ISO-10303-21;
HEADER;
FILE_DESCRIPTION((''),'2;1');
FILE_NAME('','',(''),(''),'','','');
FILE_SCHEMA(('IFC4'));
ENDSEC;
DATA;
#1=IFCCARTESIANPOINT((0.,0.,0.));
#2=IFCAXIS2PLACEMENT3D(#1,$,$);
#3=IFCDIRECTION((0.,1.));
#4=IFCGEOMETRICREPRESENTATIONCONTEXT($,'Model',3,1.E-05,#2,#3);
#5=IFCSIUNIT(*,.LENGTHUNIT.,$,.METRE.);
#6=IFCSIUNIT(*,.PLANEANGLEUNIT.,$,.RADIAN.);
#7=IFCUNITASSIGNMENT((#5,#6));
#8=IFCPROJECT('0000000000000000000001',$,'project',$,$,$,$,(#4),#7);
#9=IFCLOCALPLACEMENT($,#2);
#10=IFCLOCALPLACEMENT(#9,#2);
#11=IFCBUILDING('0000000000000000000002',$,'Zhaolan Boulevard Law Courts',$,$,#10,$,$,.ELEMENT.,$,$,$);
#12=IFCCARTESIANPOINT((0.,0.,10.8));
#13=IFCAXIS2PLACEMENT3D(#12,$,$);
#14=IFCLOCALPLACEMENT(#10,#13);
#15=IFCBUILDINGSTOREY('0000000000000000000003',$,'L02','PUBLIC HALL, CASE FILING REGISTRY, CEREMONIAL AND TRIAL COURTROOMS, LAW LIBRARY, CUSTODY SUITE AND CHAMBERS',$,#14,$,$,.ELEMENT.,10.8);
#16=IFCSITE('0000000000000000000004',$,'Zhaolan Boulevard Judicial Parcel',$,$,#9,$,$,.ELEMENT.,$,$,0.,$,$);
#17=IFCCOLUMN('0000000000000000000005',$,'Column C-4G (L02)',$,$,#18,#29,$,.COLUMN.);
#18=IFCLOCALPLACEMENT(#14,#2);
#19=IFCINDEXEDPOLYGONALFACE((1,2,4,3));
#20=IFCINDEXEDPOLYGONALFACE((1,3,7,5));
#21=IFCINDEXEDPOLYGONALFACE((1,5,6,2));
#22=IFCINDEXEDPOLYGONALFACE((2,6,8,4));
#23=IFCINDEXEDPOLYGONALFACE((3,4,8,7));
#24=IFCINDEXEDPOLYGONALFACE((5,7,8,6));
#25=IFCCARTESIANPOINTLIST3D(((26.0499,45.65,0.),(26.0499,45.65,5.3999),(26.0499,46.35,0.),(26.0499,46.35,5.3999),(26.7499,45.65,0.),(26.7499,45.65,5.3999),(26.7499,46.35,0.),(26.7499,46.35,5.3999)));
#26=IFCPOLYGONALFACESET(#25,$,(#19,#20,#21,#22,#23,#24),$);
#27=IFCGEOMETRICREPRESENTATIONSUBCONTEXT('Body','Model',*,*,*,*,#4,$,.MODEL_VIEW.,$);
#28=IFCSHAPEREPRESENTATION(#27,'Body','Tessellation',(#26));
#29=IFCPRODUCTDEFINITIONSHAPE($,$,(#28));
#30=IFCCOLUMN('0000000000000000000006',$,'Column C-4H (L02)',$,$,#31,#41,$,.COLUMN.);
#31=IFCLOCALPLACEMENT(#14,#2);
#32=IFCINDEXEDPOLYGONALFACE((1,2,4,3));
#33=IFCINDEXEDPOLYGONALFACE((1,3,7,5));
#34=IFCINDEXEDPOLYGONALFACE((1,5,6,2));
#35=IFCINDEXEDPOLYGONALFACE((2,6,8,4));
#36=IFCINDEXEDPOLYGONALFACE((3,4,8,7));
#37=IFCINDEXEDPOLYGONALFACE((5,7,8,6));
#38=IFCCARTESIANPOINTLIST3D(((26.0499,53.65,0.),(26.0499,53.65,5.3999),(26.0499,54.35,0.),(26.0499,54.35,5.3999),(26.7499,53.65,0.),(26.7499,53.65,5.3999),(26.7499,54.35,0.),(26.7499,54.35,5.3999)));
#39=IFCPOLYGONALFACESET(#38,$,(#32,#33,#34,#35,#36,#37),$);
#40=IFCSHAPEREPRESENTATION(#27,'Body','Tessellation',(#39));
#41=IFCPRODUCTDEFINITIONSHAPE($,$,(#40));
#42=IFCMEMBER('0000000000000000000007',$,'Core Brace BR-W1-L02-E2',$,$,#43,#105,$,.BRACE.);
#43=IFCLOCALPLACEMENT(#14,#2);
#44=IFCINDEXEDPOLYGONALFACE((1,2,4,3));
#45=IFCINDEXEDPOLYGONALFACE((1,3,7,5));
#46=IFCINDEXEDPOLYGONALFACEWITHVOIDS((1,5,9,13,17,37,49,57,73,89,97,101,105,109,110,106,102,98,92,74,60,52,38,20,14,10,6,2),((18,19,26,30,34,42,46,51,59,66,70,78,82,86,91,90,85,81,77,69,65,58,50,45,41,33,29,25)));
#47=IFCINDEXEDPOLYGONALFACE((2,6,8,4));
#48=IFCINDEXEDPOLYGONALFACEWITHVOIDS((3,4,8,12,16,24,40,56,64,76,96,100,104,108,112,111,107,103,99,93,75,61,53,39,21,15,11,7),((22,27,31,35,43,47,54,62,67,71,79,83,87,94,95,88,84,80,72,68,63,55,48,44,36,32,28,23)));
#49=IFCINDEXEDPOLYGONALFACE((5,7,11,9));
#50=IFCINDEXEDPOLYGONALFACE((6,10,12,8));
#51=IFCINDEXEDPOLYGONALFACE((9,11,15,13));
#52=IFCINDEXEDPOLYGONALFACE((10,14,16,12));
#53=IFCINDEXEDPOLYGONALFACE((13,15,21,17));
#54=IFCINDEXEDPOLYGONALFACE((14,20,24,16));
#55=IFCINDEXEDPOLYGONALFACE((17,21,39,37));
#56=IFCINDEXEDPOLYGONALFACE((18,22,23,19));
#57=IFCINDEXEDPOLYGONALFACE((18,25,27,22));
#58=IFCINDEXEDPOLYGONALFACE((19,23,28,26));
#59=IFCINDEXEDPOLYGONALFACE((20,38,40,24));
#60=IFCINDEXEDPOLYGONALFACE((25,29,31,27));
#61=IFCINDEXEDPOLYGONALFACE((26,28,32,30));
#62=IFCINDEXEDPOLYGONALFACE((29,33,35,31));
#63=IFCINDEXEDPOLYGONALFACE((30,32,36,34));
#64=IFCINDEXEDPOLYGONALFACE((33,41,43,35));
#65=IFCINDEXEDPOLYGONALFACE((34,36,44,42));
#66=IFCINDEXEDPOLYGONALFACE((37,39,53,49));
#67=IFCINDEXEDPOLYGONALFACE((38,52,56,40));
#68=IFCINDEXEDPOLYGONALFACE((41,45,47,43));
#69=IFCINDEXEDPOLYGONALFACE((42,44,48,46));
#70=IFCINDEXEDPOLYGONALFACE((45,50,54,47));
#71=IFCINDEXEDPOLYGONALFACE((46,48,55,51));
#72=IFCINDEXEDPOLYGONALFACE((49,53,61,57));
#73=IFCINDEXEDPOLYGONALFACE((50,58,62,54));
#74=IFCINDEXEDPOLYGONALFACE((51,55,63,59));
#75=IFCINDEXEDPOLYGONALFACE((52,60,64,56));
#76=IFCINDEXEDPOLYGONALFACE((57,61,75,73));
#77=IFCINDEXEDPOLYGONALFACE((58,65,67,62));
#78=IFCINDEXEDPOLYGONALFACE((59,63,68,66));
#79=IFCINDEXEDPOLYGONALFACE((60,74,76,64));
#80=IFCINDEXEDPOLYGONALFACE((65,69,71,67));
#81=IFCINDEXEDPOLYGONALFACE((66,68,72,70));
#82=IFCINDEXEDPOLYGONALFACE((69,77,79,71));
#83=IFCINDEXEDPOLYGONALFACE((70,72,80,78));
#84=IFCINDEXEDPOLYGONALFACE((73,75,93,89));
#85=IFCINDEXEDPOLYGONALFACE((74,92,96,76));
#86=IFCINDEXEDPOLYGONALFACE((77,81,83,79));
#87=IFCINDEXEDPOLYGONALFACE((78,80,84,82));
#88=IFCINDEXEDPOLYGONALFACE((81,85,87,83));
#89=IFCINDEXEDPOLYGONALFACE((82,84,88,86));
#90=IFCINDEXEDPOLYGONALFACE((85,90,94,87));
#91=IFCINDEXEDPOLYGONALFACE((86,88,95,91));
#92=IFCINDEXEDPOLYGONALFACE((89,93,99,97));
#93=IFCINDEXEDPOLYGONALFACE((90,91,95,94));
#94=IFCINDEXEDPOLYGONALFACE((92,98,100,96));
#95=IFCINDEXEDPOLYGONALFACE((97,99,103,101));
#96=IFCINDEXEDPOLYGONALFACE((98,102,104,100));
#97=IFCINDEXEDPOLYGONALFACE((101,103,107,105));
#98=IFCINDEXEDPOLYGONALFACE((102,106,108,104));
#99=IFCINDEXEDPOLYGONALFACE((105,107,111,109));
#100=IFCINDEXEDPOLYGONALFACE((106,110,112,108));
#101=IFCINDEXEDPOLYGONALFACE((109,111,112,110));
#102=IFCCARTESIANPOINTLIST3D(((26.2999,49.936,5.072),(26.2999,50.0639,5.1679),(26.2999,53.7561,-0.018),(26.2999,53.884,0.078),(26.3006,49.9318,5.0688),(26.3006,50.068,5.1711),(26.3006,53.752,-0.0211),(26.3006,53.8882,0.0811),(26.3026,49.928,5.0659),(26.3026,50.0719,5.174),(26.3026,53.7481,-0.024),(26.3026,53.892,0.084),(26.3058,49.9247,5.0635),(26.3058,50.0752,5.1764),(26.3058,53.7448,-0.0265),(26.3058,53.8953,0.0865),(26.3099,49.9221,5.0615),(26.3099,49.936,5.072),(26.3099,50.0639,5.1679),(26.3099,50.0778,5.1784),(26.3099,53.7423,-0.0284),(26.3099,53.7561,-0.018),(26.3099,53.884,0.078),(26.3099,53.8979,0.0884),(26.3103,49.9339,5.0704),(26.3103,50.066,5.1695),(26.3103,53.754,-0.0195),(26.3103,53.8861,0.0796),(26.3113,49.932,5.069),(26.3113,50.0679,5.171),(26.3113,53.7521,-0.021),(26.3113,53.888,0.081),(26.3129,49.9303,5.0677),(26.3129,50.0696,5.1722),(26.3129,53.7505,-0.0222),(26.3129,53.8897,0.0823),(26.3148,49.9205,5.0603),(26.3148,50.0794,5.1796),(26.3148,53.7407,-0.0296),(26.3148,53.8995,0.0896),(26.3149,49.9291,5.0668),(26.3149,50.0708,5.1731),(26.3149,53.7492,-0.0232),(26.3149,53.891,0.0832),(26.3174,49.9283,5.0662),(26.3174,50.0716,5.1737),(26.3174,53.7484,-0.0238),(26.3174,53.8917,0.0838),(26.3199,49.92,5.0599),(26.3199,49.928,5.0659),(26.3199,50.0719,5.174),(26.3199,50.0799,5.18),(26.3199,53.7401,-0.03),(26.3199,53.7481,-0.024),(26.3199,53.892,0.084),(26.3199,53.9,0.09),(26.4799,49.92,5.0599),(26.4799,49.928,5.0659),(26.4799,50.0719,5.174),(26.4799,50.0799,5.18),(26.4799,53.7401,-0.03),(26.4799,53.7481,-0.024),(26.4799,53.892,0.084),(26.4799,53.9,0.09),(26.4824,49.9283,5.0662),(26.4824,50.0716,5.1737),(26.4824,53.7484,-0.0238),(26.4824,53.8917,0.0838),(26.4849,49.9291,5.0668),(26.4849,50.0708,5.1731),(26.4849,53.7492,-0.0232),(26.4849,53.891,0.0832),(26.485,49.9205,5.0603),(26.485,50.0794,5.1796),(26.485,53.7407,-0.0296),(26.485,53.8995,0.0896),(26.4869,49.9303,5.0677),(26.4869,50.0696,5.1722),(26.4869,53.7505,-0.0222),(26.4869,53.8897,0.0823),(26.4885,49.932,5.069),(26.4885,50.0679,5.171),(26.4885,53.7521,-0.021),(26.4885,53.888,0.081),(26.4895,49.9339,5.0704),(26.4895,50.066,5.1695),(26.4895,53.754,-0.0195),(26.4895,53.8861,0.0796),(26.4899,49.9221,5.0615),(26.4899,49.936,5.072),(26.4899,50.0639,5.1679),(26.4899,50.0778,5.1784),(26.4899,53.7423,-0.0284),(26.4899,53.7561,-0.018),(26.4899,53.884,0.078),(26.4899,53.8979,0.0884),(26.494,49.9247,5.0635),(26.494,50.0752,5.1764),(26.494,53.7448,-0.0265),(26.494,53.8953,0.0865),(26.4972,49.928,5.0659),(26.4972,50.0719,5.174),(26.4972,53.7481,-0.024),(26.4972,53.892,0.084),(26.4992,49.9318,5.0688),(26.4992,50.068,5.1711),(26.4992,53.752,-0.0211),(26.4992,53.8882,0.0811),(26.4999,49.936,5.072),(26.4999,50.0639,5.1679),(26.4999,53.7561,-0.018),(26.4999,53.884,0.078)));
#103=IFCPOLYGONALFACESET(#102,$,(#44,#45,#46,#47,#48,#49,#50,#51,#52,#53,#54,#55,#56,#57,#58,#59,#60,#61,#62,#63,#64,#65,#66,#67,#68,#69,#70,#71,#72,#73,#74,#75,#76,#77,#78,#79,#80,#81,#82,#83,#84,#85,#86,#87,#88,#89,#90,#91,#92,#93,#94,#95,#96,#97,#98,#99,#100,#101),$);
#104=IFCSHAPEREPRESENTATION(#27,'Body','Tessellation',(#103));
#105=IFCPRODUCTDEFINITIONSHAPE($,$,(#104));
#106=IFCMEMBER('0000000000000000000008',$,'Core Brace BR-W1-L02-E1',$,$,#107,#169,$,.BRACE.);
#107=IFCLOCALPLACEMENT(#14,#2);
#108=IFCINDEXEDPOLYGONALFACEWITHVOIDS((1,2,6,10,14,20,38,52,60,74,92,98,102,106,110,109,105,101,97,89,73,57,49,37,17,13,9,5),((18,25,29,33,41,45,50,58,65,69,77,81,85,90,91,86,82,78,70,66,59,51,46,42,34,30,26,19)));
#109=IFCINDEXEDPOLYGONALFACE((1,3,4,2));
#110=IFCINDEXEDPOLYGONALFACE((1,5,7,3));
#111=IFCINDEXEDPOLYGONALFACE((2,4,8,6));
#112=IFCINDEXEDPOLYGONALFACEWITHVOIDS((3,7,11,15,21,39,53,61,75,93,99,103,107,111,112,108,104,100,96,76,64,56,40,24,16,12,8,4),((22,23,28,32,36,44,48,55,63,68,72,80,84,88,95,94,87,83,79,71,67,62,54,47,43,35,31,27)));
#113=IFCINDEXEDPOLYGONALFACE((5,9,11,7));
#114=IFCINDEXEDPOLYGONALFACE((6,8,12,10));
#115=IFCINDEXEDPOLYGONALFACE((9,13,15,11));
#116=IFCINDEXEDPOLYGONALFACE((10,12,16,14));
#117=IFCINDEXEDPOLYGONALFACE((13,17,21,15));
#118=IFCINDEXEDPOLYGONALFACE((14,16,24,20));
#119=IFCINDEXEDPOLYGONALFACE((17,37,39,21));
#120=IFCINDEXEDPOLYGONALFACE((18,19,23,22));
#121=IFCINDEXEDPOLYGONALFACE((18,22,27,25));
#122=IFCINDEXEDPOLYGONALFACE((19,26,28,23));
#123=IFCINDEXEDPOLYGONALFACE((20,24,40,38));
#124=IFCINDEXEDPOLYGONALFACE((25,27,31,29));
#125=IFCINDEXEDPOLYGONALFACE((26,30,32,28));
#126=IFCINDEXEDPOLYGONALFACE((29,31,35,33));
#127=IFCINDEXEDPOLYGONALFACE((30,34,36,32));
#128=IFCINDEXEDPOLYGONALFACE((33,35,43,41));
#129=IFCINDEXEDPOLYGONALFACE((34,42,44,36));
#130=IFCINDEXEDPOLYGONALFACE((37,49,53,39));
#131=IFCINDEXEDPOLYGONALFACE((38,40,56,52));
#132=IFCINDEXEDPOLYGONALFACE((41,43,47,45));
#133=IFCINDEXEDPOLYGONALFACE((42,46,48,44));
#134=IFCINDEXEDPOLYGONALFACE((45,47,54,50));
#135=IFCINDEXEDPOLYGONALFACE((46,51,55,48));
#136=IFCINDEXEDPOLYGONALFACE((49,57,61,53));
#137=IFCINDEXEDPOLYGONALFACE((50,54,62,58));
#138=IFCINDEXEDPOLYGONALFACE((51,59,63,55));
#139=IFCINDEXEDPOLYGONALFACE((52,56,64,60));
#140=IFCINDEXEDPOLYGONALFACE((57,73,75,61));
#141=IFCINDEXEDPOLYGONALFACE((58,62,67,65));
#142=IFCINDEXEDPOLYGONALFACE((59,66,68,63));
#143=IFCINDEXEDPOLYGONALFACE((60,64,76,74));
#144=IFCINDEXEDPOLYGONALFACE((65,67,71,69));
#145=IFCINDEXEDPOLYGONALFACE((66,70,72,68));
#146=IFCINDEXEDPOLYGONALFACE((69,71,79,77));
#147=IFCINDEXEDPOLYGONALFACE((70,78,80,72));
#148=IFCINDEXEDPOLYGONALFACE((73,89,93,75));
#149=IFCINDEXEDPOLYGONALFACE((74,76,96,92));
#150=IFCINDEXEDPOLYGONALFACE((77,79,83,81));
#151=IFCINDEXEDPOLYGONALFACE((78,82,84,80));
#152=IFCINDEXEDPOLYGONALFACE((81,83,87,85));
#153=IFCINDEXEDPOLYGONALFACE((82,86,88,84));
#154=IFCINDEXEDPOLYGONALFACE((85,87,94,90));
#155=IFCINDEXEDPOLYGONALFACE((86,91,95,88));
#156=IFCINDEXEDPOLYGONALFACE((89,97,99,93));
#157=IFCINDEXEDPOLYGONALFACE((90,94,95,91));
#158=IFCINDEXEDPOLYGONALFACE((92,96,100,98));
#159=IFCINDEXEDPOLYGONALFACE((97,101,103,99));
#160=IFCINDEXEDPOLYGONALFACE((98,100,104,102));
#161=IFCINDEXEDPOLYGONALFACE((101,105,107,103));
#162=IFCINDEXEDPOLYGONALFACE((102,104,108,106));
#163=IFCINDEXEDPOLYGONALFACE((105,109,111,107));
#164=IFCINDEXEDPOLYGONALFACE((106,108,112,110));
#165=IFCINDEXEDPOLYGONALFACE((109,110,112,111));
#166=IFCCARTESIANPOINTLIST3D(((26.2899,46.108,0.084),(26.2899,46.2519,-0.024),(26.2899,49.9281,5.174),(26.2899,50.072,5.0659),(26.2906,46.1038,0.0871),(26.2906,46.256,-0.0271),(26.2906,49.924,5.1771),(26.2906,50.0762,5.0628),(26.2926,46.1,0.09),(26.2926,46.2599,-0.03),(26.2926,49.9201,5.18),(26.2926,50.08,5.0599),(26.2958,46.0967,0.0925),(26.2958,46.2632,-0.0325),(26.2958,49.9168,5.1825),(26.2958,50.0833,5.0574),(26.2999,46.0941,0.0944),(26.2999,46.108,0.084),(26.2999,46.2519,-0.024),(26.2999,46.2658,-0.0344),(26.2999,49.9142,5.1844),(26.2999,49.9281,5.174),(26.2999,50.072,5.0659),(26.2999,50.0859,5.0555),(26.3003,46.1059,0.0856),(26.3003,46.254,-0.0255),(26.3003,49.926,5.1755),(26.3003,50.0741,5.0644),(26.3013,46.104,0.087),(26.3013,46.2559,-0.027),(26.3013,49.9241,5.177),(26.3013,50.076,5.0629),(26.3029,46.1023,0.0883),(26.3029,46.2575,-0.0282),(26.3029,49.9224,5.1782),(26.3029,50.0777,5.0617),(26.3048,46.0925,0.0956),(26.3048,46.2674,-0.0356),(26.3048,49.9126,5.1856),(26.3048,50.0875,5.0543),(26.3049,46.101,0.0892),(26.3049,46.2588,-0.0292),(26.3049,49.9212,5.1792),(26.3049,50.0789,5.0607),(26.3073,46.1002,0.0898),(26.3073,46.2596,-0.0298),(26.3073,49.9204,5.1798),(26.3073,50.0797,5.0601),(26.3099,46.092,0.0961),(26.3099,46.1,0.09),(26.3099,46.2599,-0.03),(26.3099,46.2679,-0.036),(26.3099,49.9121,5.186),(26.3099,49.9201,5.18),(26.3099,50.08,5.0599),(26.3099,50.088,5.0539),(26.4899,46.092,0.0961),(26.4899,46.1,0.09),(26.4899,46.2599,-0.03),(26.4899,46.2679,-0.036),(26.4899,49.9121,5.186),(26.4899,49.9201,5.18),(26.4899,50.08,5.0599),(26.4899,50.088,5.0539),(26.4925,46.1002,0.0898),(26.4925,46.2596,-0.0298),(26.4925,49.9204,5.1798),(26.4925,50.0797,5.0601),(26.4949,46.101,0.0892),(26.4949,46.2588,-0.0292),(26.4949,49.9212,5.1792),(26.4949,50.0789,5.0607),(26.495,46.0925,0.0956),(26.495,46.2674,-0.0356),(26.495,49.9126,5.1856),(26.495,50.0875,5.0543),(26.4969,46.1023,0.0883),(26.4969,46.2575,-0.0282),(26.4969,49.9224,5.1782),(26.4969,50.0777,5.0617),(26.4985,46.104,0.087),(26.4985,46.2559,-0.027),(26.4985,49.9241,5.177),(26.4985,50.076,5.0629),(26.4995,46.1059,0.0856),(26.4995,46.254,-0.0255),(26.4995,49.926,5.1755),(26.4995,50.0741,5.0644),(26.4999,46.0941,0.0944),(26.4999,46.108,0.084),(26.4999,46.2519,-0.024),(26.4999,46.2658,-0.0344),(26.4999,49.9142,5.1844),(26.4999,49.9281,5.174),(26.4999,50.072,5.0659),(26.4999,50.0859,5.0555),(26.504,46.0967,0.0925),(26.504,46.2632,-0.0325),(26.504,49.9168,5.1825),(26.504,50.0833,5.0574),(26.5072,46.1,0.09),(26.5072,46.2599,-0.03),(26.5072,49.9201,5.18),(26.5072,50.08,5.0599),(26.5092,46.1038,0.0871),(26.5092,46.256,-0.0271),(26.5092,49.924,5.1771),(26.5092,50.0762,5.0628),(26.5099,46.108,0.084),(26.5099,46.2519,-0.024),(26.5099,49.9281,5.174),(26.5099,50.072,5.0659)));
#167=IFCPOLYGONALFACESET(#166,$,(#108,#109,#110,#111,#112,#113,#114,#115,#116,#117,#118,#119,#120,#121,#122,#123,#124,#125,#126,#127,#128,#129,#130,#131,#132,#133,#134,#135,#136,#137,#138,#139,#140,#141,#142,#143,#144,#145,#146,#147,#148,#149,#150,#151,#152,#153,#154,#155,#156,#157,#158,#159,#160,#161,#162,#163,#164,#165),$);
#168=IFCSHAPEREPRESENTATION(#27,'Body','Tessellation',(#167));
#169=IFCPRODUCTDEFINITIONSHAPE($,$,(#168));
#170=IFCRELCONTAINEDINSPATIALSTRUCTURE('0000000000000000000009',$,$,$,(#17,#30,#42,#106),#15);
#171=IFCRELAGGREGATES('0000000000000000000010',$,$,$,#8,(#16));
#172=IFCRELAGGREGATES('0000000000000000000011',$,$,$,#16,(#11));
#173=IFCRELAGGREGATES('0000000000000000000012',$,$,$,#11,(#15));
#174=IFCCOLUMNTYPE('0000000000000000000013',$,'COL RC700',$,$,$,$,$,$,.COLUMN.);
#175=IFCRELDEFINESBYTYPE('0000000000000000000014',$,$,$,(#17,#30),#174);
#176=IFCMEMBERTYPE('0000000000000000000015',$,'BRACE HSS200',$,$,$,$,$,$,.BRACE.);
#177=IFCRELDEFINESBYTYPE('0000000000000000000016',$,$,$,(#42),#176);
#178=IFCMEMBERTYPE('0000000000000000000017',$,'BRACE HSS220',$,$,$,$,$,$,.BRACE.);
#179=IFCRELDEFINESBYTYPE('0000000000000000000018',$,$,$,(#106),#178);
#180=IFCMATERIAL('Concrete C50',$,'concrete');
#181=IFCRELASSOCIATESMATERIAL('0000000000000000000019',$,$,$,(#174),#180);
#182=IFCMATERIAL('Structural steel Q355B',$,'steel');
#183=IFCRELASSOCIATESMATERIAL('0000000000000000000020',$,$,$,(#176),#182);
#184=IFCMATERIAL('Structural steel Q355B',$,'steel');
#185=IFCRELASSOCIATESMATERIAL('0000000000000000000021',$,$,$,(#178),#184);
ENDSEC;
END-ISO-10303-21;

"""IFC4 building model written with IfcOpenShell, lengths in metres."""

from ifc_helpers import new_model, si_unit, direction, frame, origin, origin_2d, place, context, subcontext, project, spatial, rectangle, hollow_rectangle, extrude, material, material_profile, profile_set, type_object, element, save


model = new_model("IFC4")

# Units and contexts
model_context = context("Model", 3, precision=1e-05, world=origin(), true_north=direction((0.0, 1.0)))
body_context = subcontext(model_context, "Body", "Model", "MODEL_VIEW")
ifc_project = project(units=[si_unit("LENGTHUNIT", "METRE"), si_unit("PLANEANGLEUNIT", "RADIAN")], contexts=[model_context])

# Site, building, storey
site_placement = place(None, origin())
site = spatial("IfcSite", under=ifc_project, at=site_placement, Name="Zhaolan Boulevard Judicial Parcel", CompositionType="ELEMENT", RefElevation=0.0)
building_placement = place(site_placement, origin())
building = spatial("IfcBuilding", under=site, at=building_placement, Name="Zhaolan Boulevard Law Courts", CompositionType="ELEMENT")
storey_placement = place(building_placement, frame((0.0, 0.0, 10.8)))
storey = spatial("IfcBuildingStorey", under=building, at=storey_placement, Name="L02", Description="PUBLIC HALL, CASE FILING REGISTRY, CEREMONIAL AND TRIAL COURTROOMS, LAW LIBRARY, CUSTODY SUITE AND CHAMBERS", CompositionType="ELEMENT", Elevation=10.8)

# Columns
ifc_material_1 = material(Name="Concrete C50", Category="concrete")
ifc_material_profile_1 = material_profile(ifc_material_1, rectangle(XDim=0.7, YDim=0.7, at=origin_2d()), Name="RC700x700")
ifc_profile_set_1 = profile_set([ifc_material_profile_1], Name="Concrete C50")
column_type = type_object("IfcColumnType", Name="COL RC700", PredefinedType="COLUMN", material=ifc_profile_set_1)
for number, where, z_axis, x_axis, name in (
    (1, (26.3999, 46.0, 0.0), (0.0, 0.0, 1.0), (1.0, 0.0, 0.0), "Column C-4G (L02)"),
    (2, (26.3999, 54.0, 0.0), (0.0, 0.0, 1.0), (1.0, 0.0, 0.0), "Column C-4H (L02)"),
):
    element("IfcColumn", number, at=place(storey_placement, frame(where, z_axis=z_axis, x_axis=x_axis)), inside=storey, type_object=column_type, Name=name, PredefinedType="COLUMN", context=body_context, shape_type="SweptSolid", body=[
        extrude(rectangle(XDim=0.7, YDim=0.7, at=origin_2d()), origin(), (0.0, 0.0, 1.0), 5.3999),
    ])

# Members
ifc_material_2 = material(Name="Structural steel Q355B", Category="steel")
ifc_material_profile_2 = material_profile(ifc_material_2, hollow_rectangle(XDim=0.2, YDim=0.2, WallThickness=0.01, InnerFilletRadius=0.01, OuterFilletRadius=0.02, at=origin_2d()), Name="HSS200x200x10")
ifc_profile_set_2 = profile_set([ifc_material_profile_2], Name="Structural steel Q355B")
member_type_1 = type_object("IfcMemberType", Name="BRACE HSS200", PredefinedType="BRACE", material=ifc_profile_set_2)
member_1_placement = place(storey_placement, frame((26.3999, 53.8201, 0.03), z_axis=(0.0, -0.60027, 0.799797), x_axis=(1.0, 0.0, 0.0)))
element("IfcMember", 3, at=member_1_placement, inside=storey, type_object=member_type_1, Name="Core Brace BR-W1-L02-E2", PredefinedType="BRACE", context=body_context, shape_type="SweptSolid", body=[
    extrude(hollow_rectangle(XDim=0.2, YDim=0.2, WallThickness=0.01, InnerFilletRadius=0.01, OuterFilletRadius=0.02, at=origin_2d()), origin(), (0.0, 0.0, 1.0), 6.364),
])
ifc_material_3 = material(Name="Structural steel Q355B", Category="steel")
ifc_material_profile_3 = material_profile(ifc_material_3, hollow_rectangle(XDim=0.22, YDim=0.22, WallThickness=0.01, InnerFilletRadius=0.01, OuterFilletRadius=0.02, at=origin_2d()), Name="HSS220x220x10")
ifc_profile_set_3 = profile_set([ifc_material_profile_3], Name="Structural steel Q355B")
member_type_2 = type_object("IfcMemberType", Name="BRACE HSS220", PredefinedType="BRACE", material=ifc_profile_set_3)
member_2_placement = place(storey_placement, frame((26.3999, 46.1799, 0.03), z_axis=(0.0, 0.60027, 0.799797), x_axis=(-1.0, 0.0, 0.0)))
element("IfcMember", 4, at=member_2_placement, inside=storey, type_object=member_type_2, Name="Core Brace BR-W1-L02-E1", PredefinedType="BRACE", context=body_context, shape_type="SweptSolid", body=[
    extrude(hollow_rectangle(XDim=0.22, YDim=0.22, WallThickness=0.01, InnerFilletRadius=0.01, OuterFilletRadius=0.02, at=origin_2d()), origin(), (0.0, 0.0, 1.0), 6.364),
])

save(model, "model.ifc")
